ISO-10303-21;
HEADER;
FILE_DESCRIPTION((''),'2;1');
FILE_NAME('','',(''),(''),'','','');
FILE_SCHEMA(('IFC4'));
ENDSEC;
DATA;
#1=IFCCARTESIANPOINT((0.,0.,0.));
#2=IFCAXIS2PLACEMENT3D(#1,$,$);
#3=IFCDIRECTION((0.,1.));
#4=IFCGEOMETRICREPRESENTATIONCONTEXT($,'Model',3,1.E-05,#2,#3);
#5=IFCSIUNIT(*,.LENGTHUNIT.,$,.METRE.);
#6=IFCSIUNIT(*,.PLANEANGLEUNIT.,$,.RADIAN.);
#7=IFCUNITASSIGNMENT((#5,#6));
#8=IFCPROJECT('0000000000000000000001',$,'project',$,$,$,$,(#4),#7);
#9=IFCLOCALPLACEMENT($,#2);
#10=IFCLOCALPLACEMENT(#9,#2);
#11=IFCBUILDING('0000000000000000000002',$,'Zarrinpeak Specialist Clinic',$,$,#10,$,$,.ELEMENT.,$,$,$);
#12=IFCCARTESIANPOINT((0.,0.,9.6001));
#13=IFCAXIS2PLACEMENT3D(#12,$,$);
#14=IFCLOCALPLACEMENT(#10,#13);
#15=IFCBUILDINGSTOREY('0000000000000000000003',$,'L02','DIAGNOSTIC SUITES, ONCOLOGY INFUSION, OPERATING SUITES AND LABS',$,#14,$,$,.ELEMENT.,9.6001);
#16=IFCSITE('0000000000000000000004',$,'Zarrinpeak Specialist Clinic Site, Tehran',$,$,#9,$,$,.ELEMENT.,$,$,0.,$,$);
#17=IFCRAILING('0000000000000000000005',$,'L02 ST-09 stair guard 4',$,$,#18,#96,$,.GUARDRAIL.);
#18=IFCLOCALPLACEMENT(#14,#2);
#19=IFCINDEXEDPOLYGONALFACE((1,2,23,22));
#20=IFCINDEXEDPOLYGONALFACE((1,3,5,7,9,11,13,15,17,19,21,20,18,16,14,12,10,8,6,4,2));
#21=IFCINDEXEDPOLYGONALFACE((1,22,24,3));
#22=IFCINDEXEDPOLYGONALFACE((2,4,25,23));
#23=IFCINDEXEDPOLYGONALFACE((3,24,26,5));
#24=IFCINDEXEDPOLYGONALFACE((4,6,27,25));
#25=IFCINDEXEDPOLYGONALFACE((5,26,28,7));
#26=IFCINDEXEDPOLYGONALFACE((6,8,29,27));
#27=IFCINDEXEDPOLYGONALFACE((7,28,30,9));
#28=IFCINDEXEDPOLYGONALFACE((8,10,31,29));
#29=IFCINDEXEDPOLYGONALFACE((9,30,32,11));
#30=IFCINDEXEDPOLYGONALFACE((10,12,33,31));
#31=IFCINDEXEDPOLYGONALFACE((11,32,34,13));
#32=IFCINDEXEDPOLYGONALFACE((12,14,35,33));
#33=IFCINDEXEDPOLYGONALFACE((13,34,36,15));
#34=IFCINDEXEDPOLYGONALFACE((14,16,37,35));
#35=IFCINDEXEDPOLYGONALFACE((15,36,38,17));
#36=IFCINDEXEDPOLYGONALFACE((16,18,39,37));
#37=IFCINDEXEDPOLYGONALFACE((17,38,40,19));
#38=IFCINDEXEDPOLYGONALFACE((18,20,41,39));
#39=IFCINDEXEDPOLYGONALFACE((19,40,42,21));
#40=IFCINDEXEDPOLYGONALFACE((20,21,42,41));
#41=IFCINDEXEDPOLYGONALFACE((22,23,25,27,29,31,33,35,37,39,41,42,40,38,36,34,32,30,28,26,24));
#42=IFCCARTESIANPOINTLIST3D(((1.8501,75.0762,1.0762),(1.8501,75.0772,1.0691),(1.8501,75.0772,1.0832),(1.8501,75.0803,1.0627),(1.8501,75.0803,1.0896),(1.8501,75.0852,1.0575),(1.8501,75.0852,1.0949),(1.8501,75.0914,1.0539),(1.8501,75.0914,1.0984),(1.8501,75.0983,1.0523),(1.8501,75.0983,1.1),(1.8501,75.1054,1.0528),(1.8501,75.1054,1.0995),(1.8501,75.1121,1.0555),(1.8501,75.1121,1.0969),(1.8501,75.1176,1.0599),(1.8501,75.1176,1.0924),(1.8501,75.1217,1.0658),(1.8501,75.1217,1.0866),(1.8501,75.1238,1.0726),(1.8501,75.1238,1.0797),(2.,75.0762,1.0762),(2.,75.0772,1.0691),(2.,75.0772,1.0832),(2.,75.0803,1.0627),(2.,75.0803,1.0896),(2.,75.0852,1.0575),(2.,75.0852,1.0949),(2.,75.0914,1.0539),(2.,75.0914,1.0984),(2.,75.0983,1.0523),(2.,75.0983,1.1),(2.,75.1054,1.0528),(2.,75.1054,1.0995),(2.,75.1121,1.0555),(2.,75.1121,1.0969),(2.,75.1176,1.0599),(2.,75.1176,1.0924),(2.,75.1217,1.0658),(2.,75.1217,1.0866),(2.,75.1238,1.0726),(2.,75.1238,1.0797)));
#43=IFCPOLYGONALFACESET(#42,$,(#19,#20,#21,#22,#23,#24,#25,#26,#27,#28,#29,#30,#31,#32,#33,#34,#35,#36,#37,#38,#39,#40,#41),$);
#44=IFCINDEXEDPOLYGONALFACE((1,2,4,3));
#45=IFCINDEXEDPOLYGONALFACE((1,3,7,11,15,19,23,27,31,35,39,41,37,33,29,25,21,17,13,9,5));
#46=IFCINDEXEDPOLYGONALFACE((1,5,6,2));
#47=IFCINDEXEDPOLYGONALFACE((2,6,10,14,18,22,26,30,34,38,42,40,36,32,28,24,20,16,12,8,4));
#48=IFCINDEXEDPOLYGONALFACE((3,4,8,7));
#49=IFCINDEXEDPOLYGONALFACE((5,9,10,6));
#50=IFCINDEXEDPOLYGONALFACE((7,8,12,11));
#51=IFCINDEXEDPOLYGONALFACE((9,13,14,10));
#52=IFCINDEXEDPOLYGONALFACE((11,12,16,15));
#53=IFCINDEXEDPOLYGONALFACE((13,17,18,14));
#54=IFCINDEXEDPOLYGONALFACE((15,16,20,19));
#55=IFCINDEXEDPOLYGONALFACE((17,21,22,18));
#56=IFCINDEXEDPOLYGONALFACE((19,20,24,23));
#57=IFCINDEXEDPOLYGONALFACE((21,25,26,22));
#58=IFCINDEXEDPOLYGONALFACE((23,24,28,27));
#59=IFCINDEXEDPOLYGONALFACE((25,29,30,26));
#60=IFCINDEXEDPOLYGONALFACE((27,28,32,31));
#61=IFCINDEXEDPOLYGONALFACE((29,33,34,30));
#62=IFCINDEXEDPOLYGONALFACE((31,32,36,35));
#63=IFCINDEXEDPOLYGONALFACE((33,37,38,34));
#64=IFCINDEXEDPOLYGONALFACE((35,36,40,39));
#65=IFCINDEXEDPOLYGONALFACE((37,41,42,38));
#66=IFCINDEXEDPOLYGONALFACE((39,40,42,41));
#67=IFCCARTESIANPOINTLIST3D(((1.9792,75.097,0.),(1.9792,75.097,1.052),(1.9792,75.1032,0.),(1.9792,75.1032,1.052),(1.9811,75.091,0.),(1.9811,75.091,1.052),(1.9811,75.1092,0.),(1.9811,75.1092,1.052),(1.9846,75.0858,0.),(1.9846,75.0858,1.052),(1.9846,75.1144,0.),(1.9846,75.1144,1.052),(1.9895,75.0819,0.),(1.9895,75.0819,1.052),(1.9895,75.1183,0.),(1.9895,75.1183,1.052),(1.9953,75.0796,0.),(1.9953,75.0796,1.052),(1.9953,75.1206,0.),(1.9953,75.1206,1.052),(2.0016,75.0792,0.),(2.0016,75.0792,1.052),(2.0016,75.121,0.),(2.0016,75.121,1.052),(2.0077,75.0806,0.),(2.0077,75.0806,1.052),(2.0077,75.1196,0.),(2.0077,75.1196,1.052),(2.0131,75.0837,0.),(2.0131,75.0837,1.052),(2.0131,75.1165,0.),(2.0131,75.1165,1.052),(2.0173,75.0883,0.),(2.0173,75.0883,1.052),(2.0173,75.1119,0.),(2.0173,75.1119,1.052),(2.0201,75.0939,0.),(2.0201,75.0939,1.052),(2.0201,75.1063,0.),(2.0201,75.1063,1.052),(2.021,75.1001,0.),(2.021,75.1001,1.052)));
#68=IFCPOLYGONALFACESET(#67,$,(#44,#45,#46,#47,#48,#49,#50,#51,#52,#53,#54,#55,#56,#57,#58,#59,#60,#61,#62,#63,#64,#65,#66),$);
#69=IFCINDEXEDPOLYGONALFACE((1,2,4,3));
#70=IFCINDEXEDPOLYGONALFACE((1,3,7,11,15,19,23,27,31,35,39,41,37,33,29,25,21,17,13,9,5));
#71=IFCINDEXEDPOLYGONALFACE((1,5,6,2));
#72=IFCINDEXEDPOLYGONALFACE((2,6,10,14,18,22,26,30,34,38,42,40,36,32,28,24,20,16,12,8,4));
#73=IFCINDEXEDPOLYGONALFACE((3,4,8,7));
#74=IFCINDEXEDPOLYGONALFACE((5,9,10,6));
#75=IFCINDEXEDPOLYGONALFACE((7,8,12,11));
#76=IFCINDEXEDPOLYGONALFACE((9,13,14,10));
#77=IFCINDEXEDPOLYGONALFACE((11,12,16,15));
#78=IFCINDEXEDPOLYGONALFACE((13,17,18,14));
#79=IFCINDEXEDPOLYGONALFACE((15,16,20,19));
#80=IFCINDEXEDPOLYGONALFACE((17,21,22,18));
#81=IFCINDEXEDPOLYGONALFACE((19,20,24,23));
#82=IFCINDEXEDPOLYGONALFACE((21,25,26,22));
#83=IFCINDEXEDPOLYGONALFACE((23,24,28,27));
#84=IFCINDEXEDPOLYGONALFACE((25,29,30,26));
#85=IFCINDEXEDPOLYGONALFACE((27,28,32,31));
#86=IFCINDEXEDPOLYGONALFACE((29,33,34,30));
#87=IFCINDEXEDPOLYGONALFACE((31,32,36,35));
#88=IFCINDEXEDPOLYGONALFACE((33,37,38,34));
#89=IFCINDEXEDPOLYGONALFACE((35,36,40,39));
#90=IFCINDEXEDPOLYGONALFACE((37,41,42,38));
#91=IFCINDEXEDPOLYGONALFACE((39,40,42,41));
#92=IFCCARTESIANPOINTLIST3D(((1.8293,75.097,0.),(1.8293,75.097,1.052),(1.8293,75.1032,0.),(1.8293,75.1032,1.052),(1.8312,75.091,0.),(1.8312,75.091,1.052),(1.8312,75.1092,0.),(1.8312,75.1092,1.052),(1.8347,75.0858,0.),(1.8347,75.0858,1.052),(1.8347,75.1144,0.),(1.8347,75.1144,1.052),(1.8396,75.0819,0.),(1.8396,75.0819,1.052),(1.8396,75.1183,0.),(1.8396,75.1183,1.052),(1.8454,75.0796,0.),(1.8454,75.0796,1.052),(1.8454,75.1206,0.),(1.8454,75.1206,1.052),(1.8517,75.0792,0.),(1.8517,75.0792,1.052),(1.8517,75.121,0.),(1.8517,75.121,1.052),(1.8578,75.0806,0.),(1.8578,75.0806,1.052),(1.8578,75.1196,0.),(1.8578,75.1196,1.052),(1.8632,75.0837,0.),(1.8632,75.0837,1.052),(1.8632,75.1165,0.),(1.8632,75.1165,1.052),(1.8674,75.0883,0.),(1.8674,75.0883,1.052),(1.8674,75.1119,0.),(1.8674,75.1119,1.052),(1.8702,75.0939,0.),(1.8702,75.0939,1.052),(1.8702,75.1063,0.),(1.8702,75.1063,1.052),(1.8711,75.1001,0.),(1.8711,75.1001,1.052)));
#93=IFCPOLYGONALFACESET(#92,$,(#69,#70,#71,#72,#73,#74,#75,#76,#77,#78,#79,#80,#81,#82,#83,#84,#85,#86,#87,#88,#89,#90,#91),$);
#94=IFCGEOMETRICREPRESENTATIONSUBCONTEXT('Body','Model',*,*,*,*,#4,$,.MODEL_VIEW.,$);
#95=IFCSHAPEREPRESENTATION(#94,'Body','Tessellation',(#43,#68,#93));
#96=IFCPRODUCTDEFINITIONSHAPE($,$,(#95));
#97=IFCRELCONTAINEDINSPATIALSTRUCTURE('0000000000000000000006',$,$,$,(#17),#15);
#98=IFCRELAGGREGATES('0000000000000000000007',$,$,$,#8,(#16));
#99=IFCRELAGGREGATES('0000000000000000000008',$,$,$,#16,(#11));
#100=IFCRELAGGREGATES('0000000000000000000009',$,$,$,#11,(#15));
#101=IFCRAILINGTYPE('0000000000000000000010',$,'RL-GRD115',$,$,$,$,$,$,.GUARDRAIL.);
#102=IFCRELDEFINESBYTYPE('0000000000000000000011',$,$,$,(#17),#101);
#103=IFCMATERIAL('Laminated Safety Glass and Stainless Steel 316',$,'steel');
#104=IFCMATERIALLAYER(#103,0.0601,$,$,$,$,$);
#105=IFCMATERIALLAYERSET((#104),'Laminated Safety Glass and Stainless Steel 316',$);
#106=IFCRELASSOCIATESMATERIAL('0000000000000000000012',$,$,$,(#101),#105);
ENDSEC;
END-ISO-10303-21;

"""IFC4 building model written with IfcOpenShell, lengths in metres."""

from ifc_helpers import new_model, si_unit, direction, frame, origin, origin_2d, place, context, subcontext, project, spatial, circle, extrude, material, layer, layer_set, type_object, element, save


model = new_model("IFC4")

# Units and contexts
model_context = context("Model", 3, precision=1e-05, world=origin(), true_north=direction((0.0, 1.0)))
body_context = subcontext(model_context, "Body", "Model", "MODEL_VIEW")
ifc_project = project(units=[si_unit("LENGTHUNIT", "METRE"), si_unit("PLANEANGLEUNIT", "RADIAN")], contexts=[model_context])

# Site, building, storey
site_placement = place(None, origin())
site = spatial("IfcSite", under=ifc_project, at=site_placement, Name="Zarrinpeak Specialist Clinic Site, Tehran", CompositionType="ELEMENT", RefElevation=0.0)
building_placement = place(site_placement, origin())
building = spatial("IfcBuilding", under=site, at=building_placement, Name="Zarrinpeak Specialist Clinic", CompositionType="ELEMENT")
storey_placement = place(building_placement, frame((0.0, 0.0, 9.6001)))
storey = spatial("IfcBuildingStorey", under=building, at=storey_placement, Name="L02", Description="DIAGNOSTIC SUITES, ONCOLOGY INFUSION, OPERATING SUITES AND LABS", CompositionType="ELEMENT", Elevation=9.6001)

# Railing
ifc_material_1 = material(Name="Laminated Safety Glass and Stainless Steel 316", Category="steel")
ifc_layer_1 = layer(ifc_material_1, 0.0601)
ifc_layer_set_1 = layer_set([ifc_layer_1], Name="Laminated Safety Glass and Stainless Steel 316")
railing_type_1 = type_object("IfcRailingType", Name="RL-GRD115", PredefinedType="GUARDRAIL", material=ifc_layer_set_1)
railing_1_placement = place(storey_placement, frame((2.0, 75.1001, 0.0)))
element("IfcRailing", 1, at=railing_1_placement, inside=storey, type_object=railing_type_1, Name="L02 ST-09 stair guard 4", PredefinedType="GUARDRAIL", context=body_context, shape_type="SweptSolid", body=[
    extrude(circle(Radius=0.0239, at=origin_2d()), frame((0.0, 0.0, 1.0762), z_axis=(-1.0, 0.0, 0.0), x_axis=(0.0, -1.0, 0.0)), (0.0, 0.0, 1.0), 0.1499),
    extrude(circle(Radius=0.021, at=origin_2d()), origin(), (0.0, 0.0, 1.0), 1.052),
    extrude(circle(Radius=0.021, at=origin_2d()), frame((-0.1499, 0.0, 0.0)), (0.0, 0.0, 1.0), 1.052),
])

save(model, "model.ifc")
